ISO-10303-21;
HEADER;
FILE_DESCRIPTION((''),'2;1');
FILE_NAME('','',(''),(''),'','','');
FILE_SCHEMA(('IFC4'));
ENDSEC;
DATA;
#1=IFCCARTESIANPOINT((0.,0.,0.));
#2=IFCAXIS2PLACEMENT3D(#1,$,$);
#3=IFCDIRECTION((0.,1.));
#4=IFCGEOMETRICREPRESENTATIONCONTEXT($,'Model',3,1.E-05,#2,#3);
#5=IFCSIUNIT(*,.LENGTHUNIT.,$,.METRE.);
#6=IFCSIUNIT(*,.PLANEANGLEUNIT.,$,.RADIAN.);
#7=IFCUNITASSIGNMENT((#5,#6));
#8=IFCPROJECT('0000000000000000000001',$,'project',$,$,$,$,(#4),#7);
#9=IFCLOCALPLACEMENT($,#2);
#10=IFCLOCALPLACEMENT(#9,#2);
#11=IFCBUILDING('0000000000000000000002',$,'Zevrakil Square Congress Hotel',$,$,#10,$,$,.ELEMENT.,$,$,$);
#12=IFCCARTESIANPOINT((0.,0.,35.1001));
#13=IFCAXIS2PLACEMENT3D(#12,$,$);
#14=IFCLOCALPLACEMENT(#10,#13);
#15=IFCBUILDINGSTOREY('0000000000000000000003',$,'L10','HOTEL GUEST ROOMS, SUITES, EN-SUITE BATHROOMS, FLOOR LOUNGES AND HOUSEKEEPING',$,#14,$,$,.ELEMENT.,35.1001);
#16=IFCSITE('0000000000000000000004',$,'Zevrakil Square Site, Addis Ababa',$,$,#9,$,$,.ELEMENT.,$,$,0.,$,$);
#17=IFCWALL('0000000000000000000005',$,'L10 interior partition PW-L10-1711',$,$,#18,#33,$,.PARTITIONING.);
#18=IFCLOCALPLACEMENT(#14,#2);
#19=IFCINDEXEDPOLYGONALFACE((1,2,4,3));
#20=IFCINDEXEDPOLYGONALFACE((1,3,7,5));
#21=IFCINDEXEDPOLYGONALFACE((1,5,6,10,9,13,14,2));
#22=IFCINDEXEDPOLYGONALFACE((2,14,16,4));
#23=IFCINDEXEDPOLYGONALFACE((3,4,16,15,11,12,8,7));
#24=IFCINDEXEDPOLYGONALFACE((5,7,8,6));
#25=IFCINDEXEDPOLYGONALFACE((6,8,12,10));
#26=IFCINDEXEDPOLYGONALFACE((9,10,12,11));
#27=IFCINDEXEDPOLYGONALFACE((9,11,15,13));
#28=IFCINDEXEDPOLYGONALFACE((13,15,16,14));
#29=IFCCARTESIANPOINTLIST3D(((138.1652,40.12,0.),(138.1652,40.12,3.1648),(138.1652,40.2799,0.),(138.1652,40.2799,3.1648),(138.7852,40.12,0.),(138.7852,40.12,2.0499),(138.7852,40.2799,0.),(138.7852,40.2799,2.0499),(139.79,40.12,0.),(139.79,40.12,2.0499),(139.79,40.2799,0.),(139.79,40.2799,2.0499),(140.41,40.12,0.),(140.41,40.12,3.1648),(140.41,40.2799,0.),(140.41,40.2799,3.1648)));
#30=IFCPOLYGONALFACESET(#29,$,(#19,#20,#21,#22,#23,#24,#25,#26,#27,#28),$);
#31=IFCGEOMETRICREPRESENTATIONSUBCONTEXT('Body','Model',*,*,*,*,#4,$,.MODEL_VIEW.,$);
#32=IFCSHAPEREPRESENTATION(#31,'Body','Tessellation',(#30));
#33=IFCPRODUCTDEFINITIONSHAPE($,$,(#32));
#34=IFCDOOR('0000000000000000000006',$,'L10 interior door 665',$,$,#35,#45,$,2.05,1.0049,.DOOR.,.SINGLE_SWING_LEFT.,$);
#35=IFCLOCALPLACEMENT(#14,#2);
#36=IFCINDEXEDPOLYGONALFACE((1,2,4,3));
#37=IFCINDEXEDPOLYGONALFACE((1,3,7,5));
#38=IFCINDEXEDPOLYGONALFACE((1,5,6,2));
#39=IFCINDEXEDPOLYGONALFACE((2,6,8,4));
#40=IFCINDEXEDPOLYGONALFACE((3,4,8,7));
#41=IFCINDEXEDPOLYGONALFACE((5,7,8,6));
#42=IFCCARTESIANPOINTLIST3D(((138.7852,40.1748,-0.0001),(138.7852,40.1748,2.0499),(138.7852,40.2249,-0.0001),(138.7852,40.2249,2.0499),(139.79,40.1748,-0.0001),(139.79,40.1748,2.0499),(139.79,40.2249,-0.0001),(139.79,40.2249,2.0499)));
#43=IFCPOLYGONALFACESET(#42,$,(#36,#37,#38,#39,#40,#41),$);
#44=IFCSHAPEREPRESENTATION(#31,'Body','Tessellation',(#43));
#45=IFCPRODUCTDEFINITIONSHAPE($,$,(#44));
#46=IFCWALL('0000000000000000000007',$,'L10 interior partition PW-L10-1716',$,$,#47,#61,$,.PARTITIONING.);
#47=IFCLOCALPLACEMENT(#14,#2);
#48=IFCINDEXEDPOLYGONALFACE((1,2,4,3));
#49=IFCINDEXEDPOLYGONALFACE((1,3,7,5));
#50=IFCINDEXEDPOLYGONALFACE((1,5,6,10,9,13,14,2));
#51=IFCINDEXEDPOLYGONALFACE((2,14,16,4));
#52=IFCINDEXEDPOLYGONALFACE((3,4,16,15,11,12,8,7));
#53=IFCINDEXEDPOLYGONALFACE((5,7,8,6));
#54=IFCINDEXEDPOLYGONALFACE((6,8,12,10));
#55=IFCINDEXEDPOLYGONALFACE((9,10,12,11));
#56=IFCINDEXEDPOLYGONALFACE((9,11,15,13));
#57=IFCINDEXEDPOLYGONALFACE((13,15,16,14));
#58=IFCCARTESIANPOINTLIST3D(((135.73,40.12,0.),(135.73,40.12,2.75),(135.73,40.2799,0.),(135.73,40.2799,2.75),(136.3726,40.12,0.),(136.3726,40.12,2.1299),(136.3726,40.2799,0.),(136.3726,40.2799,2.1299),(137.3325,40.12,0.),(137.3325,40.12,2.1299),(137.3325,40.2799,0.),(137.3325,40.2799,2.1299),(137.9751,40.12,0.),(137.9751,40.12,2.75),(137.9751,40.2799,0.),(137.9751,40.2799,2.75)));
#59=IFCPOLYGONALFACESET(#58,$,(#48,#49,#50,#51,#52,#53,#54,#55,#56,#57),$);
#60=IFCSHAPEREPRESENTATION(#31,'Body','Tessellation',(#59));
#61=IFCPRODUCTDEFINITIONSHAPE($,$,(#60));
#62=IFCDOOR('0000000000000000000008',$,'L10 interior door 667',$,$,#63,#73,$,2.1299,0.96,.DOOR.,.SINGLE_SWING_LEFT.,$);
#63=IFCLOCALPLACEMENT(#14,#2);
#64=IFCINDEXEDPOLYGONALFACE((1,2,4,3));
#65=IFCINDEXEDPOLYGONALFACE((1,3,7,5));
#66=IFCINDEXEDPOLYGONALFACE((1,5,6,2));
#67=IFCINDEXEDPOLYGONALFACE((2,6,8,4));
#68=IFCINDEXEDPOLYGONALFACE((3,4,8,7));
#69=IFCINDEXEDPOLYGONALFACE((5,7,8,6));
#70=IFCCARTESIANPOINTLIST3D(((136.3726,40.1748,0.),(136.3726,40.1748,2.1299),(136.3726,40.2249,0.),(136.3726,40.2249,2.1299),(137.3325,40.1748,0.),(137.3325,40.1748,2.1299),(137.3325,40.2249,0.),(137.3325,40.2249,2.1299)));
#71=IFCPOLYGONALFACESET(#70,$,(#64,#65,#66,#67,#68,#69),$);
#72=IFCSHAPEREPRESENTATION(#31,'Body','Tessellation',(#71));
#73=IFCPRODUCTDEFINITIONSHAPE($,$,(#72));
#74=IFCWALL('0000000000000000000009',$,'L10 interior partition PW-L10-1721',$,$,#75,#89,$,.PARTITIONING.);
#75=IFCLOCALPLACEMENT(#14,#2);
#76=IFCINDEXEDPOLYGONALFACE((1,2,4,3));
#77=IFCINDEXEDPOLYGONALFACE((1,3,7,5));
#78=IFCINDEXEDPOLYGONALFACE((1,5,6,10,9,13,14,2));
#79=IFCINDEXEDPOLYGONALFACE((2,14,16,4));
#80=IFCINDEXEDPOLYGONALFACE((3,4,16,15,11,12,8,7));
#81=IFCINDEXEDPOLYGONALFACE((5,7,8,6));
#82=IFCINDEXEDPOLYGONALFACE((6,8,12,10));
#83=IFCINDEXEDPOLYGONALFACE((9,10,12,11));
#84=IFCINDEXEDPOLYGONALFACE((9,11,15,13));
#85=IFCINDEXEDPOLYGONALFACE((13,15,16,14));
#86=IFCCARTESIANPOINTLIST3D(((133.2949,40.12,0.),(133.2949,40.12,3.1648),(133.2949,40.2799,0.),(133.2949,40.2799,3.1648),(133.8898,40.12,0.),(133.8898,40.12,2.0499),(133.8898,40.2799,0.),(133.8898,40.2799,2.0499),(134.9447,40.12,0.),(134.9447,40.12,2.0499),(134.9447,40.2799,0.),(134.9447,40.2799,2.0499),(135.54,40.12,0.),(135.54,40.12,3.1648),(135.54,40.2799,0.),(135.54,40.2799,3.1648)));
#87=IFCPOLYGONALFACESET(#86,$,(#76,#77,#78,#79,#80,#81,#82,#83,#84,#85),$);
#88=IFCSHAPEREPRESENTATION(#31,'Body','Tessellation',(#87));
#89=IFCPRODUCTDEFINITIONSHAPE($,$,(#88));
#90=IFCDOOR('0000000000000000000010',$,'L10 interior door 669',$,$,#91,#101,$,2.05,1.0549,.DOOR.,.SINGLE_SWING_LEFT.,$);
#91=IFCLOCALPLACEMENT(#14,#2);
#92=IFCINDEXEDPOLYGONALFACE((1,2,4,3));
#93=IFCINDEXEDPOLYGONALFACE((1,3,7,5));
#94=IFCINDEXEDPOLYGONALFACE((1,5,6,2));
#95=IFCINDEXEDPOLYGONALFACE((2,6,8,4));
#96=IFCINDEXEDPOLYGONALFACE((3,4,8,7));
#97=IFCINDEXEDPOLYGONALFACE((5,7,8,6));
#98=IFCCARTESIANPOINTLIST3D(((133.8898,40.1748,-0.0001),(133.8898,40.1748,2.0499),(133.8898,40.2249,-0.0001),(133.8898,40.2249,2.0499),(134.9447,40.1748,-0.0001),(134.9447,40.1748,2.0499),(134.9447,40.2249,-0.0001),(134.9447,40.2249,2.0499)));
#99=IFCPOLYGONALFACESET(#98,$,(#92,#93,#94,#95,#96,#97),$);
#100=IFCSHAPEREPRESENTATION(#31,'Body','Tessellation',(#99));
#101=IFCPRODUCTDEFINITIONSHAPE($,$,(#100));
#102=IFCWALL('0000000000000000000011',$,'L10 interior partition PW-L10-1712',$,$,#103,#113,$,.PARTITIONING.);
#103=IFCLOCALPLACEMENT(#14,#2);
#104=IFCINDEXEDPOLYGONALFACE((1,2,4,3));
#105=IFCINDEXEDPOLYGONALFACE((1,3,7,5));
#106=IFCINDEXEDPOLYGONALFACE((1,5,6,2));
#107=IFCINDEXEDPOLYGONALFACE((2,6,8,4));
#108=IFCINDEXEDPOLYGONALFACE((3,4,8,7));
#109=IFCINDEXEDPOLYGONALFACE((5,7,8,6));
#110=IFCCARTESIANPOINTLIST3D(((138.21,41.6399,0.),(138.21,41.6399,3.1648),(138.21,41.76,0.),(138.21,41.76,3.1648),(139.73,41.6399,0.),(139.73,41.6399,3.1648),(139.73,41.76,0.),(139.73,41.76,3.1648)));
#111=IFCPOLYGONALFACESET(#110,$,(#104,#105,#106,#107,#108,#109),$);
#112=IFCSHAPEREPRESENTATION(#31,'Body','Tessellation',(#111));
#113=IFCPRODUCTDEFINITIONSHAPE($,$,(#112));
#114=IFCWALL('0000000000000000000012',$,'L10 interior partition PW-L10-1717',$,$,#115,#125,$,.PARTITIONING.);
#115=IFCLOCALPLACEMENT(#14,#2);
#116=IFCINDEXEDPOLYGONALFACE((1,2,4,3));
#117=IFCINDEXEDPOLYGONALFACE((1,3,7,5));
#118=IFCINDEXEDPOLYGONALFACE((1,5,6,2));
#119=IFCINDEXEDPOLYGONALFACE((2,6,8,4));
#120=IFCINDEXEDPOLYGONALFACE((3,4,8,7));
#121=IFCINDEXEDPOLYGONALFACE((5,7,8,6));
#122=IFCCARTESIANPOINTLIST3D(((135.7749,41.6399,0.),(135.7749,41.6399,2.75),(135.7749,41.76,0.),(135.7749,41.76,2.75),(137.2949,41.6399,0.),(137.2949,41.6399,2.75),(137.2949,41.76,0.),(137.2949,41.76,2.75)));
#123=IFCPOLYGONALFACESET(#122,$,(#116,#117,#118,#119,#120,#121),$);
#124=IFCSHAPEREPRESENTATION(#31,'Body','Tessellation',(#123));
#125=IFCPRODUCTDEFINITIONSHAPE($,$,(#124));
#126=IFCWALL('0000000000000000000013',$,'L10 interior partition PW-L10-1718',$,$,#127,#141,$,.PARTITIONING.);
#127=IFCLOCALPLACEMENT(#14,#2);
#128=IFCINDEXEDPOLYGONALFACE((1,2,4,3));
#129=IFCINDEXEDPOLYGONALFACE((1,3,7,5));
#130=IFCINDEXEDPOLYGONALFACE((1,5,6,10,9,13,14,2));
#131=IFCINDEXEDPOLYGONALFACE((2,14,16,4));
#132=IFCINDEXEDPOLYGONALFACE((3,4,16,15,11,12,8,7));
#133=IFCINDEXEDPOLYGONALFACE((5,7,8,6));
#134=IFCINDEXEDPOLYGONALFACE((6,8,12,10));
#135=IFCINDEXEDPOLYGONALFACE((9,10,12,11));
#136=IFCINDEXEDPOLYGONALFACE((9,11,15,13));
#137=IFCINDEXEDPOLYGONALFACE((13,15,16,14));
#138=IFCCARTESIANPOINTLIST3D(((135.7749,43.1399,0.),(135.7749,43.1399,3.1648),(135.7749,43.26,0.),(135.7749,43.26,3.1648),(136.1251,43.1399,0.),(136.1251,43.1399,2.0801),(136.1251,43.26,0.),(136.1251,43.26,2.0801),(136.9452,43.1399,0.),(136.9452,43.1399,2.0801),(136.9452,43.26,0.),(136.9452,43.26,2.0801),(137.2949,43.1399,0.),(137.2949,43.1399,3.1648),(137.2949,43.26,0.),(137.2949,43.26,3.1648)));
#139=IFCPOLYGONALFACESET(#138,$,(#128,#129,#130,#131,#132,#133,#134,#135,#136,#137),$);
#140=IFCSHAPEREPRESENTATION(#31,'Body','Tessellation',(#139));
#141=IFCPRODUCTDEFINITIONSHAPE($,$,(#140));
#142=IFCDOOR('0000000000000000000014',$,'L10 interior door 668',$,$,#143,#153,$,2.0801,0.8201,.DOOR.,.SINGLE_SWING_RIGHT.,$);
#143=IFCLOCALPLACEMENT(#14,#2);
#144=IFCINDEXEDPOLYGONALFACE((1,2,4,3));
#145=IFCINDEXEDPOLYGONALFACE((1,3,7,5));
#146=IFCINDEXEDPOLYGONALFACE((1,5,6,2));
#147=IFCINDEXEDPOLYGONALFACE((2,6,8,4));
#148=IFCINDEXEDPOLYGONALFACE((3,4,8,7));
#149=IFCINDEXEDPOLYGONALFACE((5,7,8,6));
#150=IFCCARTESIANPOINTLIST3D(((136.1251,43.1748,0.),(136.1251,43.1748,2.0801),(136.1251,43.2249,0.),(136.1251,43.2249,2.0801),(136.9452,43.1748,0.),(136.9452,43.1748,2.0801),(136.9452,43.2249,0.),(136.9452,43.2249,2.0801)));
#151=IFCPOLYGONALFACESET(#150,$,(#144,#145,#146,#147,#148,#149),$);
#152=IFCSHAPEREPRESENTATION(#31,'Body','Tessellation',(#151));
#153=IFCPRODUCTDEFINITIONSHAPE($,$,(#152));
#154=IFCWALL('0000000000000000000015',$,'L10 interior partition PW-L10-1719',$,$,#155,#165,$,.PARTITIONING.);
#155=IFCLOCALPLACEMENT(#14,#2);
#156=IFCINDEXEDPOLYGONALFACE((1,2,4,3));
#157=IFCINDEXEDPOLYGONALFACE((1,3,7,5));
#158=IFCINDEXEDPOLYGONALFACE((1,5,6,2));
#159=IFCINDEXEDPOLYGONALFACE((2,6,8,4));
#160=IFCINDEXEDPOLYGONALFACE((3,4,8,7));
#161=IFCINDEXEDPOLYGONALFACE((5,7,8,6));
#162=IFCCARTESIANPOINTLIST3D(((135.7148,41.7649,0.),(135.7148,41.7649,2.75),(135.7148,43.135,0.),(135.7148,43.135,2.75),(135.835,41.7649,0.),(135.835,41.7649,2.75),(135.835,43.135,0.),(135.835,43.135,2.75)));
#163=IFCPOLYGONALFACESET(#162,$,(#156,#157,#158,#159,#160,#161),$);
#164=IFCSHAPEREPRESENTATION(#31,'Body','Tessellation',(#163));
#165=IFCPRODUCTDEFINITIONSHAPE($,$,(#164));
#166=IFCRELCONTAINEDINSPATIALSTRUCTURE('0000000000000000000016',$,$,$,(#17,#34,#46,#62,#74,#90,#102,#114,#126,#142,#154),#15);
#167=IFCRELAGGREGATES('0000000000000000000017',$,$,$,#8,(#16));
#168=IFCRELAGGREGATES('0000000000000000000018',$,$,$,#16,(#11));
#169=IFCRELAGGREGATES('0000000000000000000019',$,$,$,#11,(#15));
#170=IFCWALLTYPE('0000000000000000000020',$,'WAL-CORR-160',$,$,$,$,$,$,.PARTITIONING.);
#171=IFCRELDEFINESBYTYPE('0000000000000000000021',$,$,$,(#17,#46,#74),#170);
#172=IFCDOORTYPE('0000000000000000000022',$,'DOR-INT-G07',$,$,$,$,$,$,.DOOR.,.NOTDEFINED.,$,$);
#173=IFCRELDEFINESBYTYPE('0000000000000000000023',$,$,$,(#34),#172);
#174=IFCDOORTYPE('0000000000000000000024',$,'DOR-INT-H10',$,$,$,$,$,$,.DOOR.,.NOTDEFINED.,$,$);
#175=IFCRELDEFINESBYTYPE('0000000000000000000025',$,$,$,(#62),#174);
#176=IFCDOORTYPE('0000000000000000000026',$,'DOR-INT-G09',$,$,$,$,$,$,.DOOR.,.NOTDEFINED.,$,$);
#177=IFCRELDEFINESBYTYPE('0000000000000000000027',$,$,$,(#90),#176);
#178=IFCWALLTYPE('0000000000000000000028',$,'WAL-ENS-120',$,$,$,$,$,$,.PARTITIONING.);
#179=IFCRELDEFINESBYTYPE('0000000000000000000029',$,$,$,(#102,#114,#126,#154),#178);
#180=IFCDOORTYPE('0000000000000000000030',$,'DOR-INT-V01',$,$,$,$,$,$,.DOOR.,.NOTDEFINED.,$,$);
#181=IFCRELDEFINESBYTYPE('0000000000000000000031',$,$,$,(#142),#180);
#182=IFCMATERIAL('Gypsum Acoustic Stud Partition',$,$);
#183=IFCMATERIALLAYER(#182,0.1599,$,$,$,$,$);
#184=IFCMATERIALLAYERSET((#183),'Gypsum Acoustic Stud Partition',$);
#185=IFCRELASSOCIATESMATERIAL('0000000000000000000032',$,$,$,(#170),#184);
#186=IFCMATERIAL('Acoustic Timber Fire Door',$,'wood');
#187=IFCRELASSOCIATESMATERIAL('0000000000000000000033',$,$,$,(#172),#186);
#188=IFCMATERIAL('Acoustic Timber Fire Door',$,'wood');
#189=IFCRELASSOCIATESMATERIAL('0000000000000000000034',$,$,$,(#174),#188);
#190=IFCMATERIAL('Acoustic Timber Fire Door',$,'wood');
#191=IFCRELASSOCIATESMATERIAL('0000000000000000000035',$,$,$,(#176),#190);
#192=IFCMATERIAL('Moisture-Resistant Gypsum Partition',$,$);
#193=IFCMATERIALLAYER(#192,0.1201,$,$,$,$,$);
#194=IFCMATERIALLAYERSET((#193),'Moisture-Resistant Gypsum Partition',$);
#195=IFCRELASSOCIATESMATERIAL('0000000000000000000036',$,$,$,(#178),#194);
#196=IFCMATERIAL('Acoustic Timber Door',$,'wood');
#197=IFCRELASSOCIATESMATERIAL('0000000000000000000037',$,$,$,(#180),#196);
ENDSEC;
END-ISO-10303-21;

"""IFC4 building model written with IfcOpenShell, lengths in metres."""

from ifc_helpers import new_model, si_unit, direction, frame, frame_2d, origin, place, context, subcontext, project, spatial, rectangle, extrude, material, layer, layer_set, type_object, element, fill, save


model = new_model("IFC4")

# Units and contexts
model_context = context("Model", 3, precision=1e-05, world=origin(), true_north=direction((0.0, 1.0)))
body_context = subcontext(model_context, "Body", "Model", "MODEL_VIEW")
ifc_project = project(units=[si_unit("LENGTHUNIT", "METRE"), si_unit("PLANEANGLEUNIT", "RADIAN")], contexts=[model_context])

# Site, building, storey
site_placement = place(None, origin())
site = spatial("IfcSite", under=ifc_project, at=site_placement, Name="Zevrakil Square Site, Addis Ababa", CompositionType="ELEMENT", RefElevation=0.0)
building_placement = place(site_placement, origin())
building = spatial("IfcBuilding", under=site, at=building_placement, Name="Zevrakil Square Congress Hotel", CompositionType="ELEMENT")
storey_placement = place(building_placement, frame((0.0, 0.0, 35.1001)))
storey = spatial("IfcBuildingStorey", under=building, at=storey_placement, Name="L10", Description="HOTEL GUEST ROOMS, SUITES, EN-SUITE BATHROOMS, FLOOR LOUNGES AND HOUSEKEEPING", CompositionType="ELEMENT", Elevation=35.1001)

# Walls, openings, doors
ifc_material_1 = material(Name="Gypsum Acoustic Stud Partition")
ifc_layer_1 = layer(ifc_material_1, 0.1599)
ifc_layer_set_1 = layer_set([ifc_layer_1], Name="Gypsum Acoustic Stud Partition")
wall_type_1 = type_object("IfcWallType", Name="WAL-CORR-160", PredefinedType="PARTITIONING", material=ifc_layer_set_1)
wall_1_placement = place(storey_placement, frame((138.165, 40.2, 0.0), z_axis=(0.0, 0.0, 1.0), x_axis=(1.0, 0.0, 0.0)))
wall_1 = element("IfcWall", 1, at=wall_1_placement, inside=storey, type_object=wall_type_1, Name="L10 interior partition PW-L10-1711", PredefinedType="PARTITIONING", context=body_context, shape_type="SweptSolid", body=[
    extrude(rectangle(XDim=2.2449, YDim=0.1599, at=frame_2d((1.1226, 0.0))), origin(), (0.0, 0.0, 1.0), 3.1648),
])
opening_1_placement = place(wall_1_placement, frame((0.6201, 0.0, 0.0)))
opening_1 = element("IfcOpeningElement", 2, at=opening_1_placement, cuts=wall_1, PredefinedType="OPENING", context=body_context, shape_type="SweptSolid", body=[
    extrude(rectangle(XDim=1.0049, YDim=2.05, at=frame_2d((0.5024, 1.0249))), frame((0.0, 0.0898, 0.0), z_axis=(0.0, -1.0, 0.0), x_axis=(1.0, 0.0, 0.0)), (0.0, 0.0, 1.0), 0.1799),
])
ifc_material_2 = material(Name="Acoustic Timber Fire Door", Category="wood")
door_type_1 = type_object("IfcDoorType", Name="DOR-INT-G07", OperationType="NOTDEFINED", PredefinedType="DOOR", material=ifc_material_2)
door_1_placement = place(opening_1_placement, origin())
door_1 = element("IfcDoor", 3, at=door_1_placement, inside=storey, type_object=door_type_1, Name="L10 interior door 665", OperationType="SINGLE_SWING_LEFT", OverallHeight=2.05, OverallWidth=1.0049, PredefinedType="DOOR", context=body_context, shape_type="SweptSolid", body=[
    extrude(rectangle(XDim=1.0049, YDim=2.05, at=frame_2d((0.5024, 1.0249))), frame((0.0, 0.0249, 0.0), z_axis=(0.0, -1.0, 0.0), x_axis=(1.0, 0.0, 0.0)), (0.0, 0.0, 1.0), 0.05),
])
fill(opening_1, door_1)
wall_2_placement = place(storey_placement, frame((135.73, 40.2, 0.0), z_axis=(0.0, 0.0, 1.0), x_axis=(1.0, 0.0, 0.0)))
wall_2 = element("IfcWall", 4, at=wall_2_placement, inside=storey, type_object=wall_type_1, Name="L10 interior partition PW-L10-1716", PredefinedType="PARTITIONING", context=body_context, shape_type="SweptSolid", body=[
    extrude(rectangle(XDim=2.2451, YDim=0.1599, at=frame_2d((1.1226, 0.0))), origin(), (0.0, 0.0, 1.0), 2.75),
])
opening_2_placement = place(wall_2_placement, frame((0.6426, 0.0, 0.0)))
opening_2 = element("IfcOpeningElement", 5, at=opening_2_placement, cuts=wall_2, PredefinedType="OPENING", context=body_context, shape_type="SweptSolid", body=[
    extrude(rectangle(XDim=0.96, YDim=2.1299, at=frame_2d((0.48, 1.0649))), frame((0.0, 0.0898, 0.0), z_axis=(0.0, -1.0, 0.0), x_axis=(1.0, 0.0, 0.0)), (0.0, 0.0, 1.0), 0.1799),
])
ifc_material_3 = material(Name="Acoustic Timber Fire Door", Category="wood")
door_type_2 = type_object("IfcDoorType", Name="DOR-INT-H10", OperationType="NOTDEFINED", PredefinedType="DOOR", material=ifc_material_3)
door_2_placement = place(opening_2_placement, origin())
door_2 = element("IfcDoor", 6, at=door_2_placement, inside=storey, type_object=door_type_2, Name="L10 interior door 667", OperationType="SINGLE_SWING_LEFT", OverallHeight=2.1299, OverallWidth=0.96, PredefinedType="DOOR", context=body_context, shape_type="SweptSolid", body=[
    extrude(rectangle(XDim=0.96, YDim=2.1299, at=frame_2d((0.48, 1.0649))), frame((0.0, 0.0249, 0.0), z_axis=(0.0, -1.0, 0.0), x_axis=(1.0, 0.0, 0.0)), (0.0, 0.0, 1.0), 0.05),
])
fill(opening_2, door_2)
wall_3_placement = place(storey_placement, frame((133.2949, 40.2, 0.0), z_axis=(0.0, 0.0, 1.0), x_axis=(1.0, 0.0, 0.0)))
wall_3 = element("IfcWall", 7, at=wall_3_placement, inside=storey, type_object=wall_type_1, Name="L10 interior partition PW-L10-1721", PredefinedType="PARTITIONING", context=body_context, shape_type="SweptSolid", body=[
    extrude(rectangle(XDim=2.2451, YDim=0.1599, at=frame_2d((1.1226, 0.0))), origin(), (0.0, 0.0, 1.0), 3.1648),
])
opening_3_placement = place(wall_3_placement, frame((0.595, 0.0, 0.0)))
opening_3 = element("IfcOpeningElement", 8, at=opening_3_placement, cuts=wall_3, PredefinedType="OPENING", context=body_context, shape_type="SweptSolid", body=[
    extrude(rectangle(XDim=1.0549, YDim=2.05, at=frame_2d((0.5273, 1.0249))), frame((0.0, 0.0898, 0.0), z_axis=(0.0, -1.0, 0.0), x_axis=(1.0, 0.0, 0.0)), (0.0, 0.0, 1.0), 0.1799),
])
ifc_material_4 = material(Name="Acoustic Timber Fire Door", Category="wood")
door_type_3 = type_object("IfcDoorType", Name="DOR-INT-G09", OperationType="NOTDEFINED", PredefinedType="DOOR", material=ifc_material_4)
door_3_placement = place(opening_3_placement, origin())
door_3 = element("IfcDoor", 9, at=door_3_placement, inside=storey, type_object=door_type_3, Name="L10 interior door 669", OperationType="SINGLE_SWING_LEFT", OverallHeight=2.05, OverallWidth=1.0549, PredefinedType="DOOR", context=body_context, shape_type="SweptSolid", body=[
    extrude(rectangle(XDim=1.0549, YDim=2.05, at=frame_2d((0.5273, 1.0249))), frame((0.0, 0.0249, 0.0), z_axis=(0.0, -1.0, 0.0), x_axis=(1.0, 0.0, 0.0)), (0.0, 0.0, 1.0), 0.05),
])
fill(opening_3, door_3)

# Walls
ifc_material_5 = material(Name="Moisture-Resistant Gypsum Partition")
ifc_layer_2 = layer(ifc_material_5, 0.1201)
ifc_layer_set_2 = layer_set([ifc_layer_2], Name="Moisture-Resistant Gypsum Partition")
wall_type_2 = type_object("IfcWallType", Name="WAL-ENS-120", PredefinedType="PARTITIONING", material=ifc_layer_set_2)
wall_4_placement = place(storey_placement, frame((138.21, 41.7, 0.0), z_axis=(0.0, 0.0, 1.0), x_axis=(1.0, 0.0, 0.0)))
element("IfcWall", 10, at=wall_4_placement, inside=storey, type_object=wall_type_2, Name="L10 interior partition PW-L10-1712", PredefinedType="PARTITIONING", context=body_context, shape_type="SweptSolid", body=[
    extrude(rectangle(XDim=1.52, YDim=0.1201, at=frame_2d((0.76, 0.0))), origin(), (0.0, 0.0, 1.0), 3.1648),
])
wall_5_placement = place(storey_placement, frame((135.7749, 41.7, 0.0), z_axis=(0.0, 0.0, 1.0), x_axis=(1.0, 0.0, 0.0)))
element("IfcWall", 11, at=wall_5_placement, inside=storey, type_object=wall_type_2, Name="L10 interior partition PW-L10-1717", PredefinedType="PARTITIONING", context=body_context, shape_type="SweptSolid", body=[
    extrude(rectangle(XDim=1.52, YDim=0.1201, at=frame_2d((0.76, 0.0))), origin(), (0.0, 0.0, 1.0), 2.75),
])

# Wall, opening, door
wall_6_placement = place(storey_placement, frame((135.7749, 43.2, 0.0), z_axis=(0.0, 0.0, 1.0), x_axis=(1.0, 0.0, 0.0)))
wall_6 = element("IfcWall", 12, at=wall_6_placement, inside=storey, type_object=wall_type_2, Name="L10 interior partition PW-L10-1718", PredefinedType="PARTITIONING", context=body_context, shape_type="SweptSolid", body=[
    extrude(rectangle(XDim=1.52, YDim=0.1201, at=frame_2d((0.76, 0.0))), origin(), (0.0, 0.0, 1.0), 3.1648),
])
opening_4_placement = place(wall_6_placement, frame((0.3501, 0.0, 0.0)))
opening_4 = element("IfcOpeningElement", 13, at=opening_4_placement, cuts=wall_6, PredefinedType="OPENING", context=body_context, shape_type="SweptSolid", body=[
    extrude(rectangle(XDim=0.8201, YDim=2.0801, at=frame_2d((0.4102, 1.04))), frame((0.0, 0.0701, 0.0), z_axis=(0.0, -1.0, 0.0), x_axis=(1.0, 0.0, 0.0)), (0.0, 0.0, 1.0), 0.1401),
])
ifc_material_6 = material(Name="Acoustic Timber Door", Category="wood")
door_type_4 = type_object("IfcDoorType", Name="DOR-INT-V01", OperationType="NOTDEFINED", PredefinedType="DOOR", material=ifc_material_6)
door_4_placement = place(opening_4_placement, origin())
door_4 = element("IfcDoor", 14, at=door_4_placement, inside=storey, type_object=door_type_4, Name="L10 interior door 668", OperationType="SINGLE_SWING_RIGHT", OverallHeight=2.0801, OverallWidth=0.8201, PredefinedType="DOOR", context=body_context, shape_type="SweptSolid", body=[
    extrude(rectangle(XDim=0.8201, YDim=2.0801, at=frame_2d((0.4102, 1.04))), frame((0.0, 0.0249, 0.0), z_axis=(0.0, -1.0, 0.0), x_axis=(1.0, 0.0, 0.0)), (0.0, 0.0, 1.0), 0.05),
])
fill(opening_4, door_4)

# Wall
wall_7_placement = place(storey_placement, frame((135.7749, 41.7649, 0.0), z_axis=(0.0, 0.0, 1.0), x_axis=(0.0, 1.0, 0.0)))
element("IfcWall", 15, at=wall_7_placement, inside=storey, type_object=wall_type_2, Name="L10 interior partition PW-L10-1719", PredefinedType="PARTITIONING", context=body_context, shape_type="SweptSolid", body=[
    extrude(rectangle(XDim=1.3701, YDim=0.1201, at=frame_2d((0.6851, 0.0))), origin(), (0.0, 0.0, 1.0), 2.75),
])

save(model, "model.ifc")
